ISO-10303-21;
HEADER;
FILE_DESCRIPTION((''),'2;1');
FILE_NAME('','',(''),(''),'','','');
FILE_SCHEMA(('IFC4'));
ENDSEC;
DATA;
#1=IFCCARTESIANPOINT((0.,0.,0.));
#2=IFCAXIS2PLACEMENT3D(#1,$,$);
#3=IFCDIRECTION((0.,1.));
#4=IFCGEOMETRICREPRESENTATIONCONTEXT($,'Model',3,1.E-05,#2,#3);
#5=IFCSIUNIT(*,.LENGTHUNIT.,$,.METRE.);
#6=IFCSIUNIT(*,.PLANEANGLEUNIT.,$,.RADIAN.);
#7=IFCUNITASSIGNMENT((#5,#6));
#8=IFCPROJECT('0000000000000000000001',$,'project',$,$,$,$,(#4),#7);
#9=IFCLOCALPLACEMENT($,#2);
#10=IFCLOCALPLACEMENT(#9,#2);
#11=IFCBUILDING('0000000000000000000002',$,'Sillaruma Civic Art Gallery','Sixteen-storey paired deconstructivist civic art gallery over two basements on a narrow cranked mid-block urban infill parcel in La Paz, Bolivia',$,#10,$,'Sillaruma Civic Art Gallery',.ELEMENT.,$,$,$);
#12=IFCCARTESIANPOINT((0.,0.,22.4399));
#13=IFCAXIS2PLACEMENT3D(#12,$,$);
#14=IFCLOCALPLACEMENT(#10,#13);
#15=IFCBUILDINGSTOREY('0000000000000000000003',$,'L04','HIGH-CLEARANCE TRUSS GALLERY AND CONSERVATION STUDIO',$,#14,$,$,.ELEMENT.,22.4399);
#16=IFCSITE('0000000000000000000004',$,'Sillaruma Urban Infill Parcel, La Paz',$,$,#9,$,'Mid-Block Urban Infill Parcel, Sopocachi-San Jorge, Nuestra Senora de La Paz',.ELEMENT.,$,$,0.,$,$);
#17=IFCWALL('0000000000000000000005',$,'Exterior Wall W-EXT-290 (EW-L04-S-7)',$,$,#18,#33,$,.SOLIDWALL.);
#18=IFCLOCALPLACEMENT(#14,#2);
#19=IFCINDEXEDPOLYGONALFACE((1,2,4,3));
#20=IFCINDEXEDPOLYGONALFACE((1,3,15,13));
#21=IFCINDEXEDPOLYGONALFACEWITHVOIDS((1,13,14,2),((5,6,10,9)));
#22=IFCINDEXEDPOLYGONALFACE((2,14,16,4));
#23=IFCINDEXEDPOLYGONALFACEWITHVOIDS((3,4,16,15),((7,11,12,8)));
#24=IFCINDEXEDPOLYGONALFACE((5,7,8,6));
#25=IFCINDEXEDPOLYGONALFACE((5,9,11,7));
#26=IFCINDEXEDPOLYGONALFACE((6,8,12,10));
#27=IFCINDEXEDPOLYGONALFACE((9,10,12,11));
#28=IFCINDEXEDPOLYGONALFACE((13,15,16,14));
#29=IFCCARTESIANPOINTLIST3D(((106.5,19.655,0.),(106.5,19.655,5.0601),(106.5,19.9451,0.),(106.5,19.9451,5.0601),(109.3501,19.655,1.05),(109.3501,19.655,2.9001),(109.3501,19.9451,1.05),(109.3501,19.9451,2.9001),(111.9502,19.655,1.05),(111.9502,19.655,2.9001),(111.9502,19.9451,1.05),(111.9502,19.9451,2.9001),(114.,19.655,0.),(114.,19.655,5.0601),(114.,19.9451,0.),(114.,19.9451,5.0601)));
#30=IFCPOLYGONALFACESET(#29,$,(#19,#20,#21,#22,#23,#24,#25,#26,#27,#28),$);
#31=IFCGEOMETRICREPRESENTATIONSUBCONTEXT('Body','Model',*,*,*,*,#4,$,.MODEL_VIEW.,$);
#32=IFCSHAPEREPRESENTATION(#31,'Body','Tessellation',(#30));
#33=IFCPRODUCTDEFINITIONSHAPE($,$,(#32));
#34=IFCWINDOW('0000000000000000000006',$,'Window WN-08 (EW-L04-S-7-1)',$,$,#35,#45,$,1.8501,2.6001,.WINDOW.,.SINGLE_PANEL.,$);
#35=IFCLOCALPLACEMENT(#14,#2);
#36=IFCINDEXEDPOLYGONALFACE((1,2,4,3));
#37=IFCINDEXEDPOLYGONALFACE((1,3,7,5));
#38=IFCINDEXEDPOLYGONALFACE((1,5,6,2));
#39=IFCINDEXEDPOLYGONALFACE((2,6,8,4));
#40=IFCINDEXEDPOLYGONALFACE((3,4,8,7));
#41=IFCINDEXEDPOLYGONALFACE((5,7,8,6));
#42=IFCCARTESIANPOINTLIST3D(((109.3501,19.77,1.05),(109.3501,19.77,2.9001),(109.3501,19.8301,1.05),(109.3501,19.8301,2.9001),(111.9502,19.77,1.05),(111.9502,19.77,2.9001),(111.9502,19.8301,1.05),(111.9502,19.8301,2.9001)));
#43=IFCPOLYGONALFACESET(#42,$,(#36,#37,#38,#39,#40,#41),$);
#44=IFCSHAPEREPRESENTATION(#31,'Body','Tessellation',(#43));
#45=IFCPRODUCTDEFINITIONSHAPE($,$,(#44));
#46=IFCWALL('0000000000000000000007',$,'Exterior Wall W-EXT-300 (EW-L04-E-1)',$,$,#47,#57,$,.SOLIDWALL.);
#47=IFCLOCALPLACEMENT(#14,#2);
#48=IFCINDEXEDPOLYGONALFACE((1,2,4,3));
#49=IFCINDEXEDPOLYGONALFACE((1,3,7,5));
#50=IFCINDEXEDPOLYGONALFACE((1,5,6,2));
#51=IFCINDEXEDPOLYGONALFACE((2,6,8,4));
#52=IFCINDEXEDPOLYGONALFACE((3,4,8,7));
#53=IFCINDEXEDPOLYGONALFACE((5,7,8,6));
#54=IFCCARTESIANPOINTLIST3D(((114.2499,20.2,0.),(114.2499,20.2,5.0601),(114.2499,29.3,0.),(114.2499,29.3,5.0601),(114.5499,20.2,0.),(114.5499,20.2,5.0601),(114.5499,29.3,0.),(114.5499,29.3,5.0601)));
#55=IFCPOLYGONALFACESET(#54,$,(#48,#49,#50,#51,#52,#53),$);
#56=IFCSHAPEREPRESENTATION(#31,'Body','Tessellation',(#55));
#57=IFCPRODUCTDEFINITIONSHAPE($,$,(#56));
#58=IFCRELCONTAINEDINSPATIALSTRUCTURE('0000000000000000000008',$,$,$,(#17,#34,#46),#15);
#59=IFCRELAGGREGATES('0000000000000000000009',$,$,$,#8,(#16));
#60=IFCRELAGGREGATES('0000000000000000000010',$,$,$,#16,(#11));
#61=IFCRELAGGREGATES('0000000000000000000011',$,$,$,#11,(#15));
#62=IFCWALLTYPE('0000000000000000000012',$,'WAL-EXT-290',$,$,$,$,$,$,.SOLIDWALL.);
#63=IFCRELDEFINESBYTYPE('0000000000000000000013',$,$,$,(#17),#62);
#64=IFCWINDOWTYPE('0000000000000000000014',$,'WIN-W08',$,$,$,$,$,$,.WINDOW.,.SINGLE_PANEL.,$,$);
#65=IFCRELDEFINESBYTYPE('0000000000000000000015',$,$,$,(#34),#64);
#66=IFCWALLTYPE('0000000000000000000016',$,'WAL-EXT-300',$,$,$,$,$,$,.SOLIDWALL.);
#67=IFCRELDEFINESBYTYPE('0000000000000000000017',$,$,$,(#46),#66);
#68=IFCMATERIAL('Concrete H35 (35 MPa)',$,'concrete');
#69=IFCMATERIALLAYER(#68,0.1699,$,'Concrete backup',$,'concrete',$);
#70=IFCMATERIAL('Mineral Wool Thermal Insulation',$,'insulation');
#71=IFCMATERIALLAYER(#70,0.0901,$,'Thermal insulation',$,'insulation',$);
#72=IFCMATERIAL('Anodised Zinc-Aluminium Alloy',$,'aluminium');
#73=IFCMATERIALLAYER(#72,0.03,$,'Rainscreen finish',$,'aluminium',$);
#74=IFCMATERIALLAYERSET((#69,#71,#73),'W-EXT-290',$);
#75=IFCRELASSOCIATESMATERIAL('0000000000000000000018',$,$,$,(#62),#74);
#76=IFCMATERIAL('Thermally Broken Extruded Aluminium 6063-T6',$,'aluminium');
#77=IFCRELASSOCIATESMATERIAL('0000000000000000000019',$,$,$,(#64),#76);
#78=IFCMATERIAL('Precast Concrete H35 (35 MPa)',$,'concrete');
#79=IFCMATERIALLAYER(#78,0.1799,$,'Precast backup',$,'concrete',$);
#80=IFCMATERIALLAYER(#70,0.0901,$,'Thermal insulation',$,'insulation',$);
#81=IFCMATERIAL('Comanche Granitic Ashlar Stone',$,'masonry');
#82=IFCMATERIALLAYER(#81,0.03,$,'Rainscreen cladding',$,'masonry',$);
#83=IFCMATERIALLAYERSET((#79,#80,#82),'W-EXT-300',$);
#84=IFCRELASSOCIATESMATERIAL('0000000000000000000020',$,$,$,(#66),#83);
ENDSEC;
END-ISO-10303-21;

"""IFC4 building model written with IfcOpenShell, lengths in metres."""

from ifc_helpers import new_model, si_unit, direction, frame, frame_2d, origin, place, context, subcontext, project, spatial, rectangle, extrude, material, layer, layer_set, type_object, element, fill, save


model = new_model("IFC4")

# Units and contexts
model_context = context("Model", 3, precision=1e-05, world=origin(), true_north=direction((0.0, 1.0)))
body_context = subcontext(model_context, "Body", "Model", "MODEL_VIEW")
ifc_project = project(units=[si_unit("LENGTHUNIT", "METRE"), si_unit("PLANEANGLEUNIT", "RADIAN")], contexts=[model_context])

# Site, building, storey
site_placement = place(None, origin())
site = spatial("IfcSite", under=ifc_project, at=site_placement, Name="Sillaruma Urban Infill Parcel, La Paz", LongName="Mid-Block Urban Infill Parcel, Sopocachi-San Jorge, Nuestra Senora de La Paz", CompositionType="ELEMENT", RefElevation=0.0)
building_placement = place(site_placement, origin())
building = spatial("IfcBuilding", under=site, at=building_placement, Name="Sillaruma Civic Art Gallery", Description="Sixteen-storey paired deconstructivist civic art gallery over two basements on a narrow cranked mid-block urban infill parcel in La Paz, Bolivia", LongName="Sillaruma Civic Art Gallery", CompositionType="ELEMENT")
storey_placement = place(building_placement, frame((0.0, 0.0, 22.4399)))
storey = spatial("IfcBuildingStorey", under=building, at=storey_placement, Name="L04", Description="HIGH-CLEARANCE TRUSS GALLERY AND CONSERVATION STUDIO", CompositionType="ELEMENT", Elevation=22.4399)

# Shared definitions
ifc_material_1 = material(Name="Concrete H35 (35 MPa)", Category="concrete")

# Wall, opening, window
ifc_layer_1 = layer(ifc_material_1, 0.1699, Name="Concrete backup", Category="concrete")
ifc_material_2 = material(Name="Mineral Wool Thermal Insulation", Category="insulation")
ifc_layer_2 = layer(ifc_material_2, 0.0901, Name="Thermal insulation", Category="insulation")
ifc_material_3 = material(Name="Anodised Zinc-Aluminium Alloy", Category="aluminium")
ifc_layer_3 = layer(ifc_material_3, 0.03, Name="Rainscreen finish", Category="aluminium")
ifc_layer_set_1 = layer_set([ifc_layer_1, ifc_layer_2, ifc_layer_3], Name="W-EXT-290")
wall_type_1 = type_object("IfcWallType", Name="WAL-EXT-290", PredefinedType="SOLIDWALL", material=ifc_layer_set_1)
wall_1_placement = place(storey_placement, frame((106.5, 19.8, 0.0), z_axis=(0.0, 0.0, 1.0), x_axis=(1.0, 0.0, 0.0)))
wall_1 = element("IfcWall", 1, at=wall_1_placement, inside=storey, type_object=wall_type_1, Name="Exterior Wall W-EXT-290 (EW-L04-S-7)", PredefinedType="SOLIDWALL", context=body_context, shape_type="SweptSolid", body=[
    extrude(rectangle(XDim=7.5, YDim=0.29, at=frame_2d((3.75, 0.0))), origin(), (0.0, 0.0, 1.0), 5.0601),
])
opening_placement = place(wall_1_placement, frame((2.8501, 0.0, 1.05)))
opening = element("IfcOpeningElement", 2, at=opening_placement, cuts=wall_1, PredefinedType="OPENING", context=body_context, shape_type="SweptSolid", body=[
    extrude(rectangle(XDim=2.6001, YDim=1.8501, at=frame_2d((1.3, 0.925))), frame((0.0, 0.155, 0.0), z_axis=(0.0, -1.0, 0.0), x_axis=(1.0, 0.0, 0.0)), (0.0, 0.0, 1.0), 0.3101),
])
ifc_material_4 = material(Name="Thermally Broken Extruded Aluminium 6063-T6", Category="aluminium")
window_type = type_object("IfcWindowType", Name="WIN-W08", PartitioningType="SINGLE_PANEL", PredefinedType="WINDOW", material=ifc_material_4)
window_placement = place(opening_placement, origin())
window = element("IfcWindow", 3, at=window_placement, inside=storey, type_object=window_type, Name="Window WN-08 (EW-L04-S-7-1)", OverallHeight=1.8501, OverallWidth=2.6001, PartitioningType="SINGLE_PANEL", PredefinedType="WINDOW", context=body_context, shape_type="SweptSolid", body=[
    extrude(rectangle(XDim=2.6001, YDim=1.8501, at=frame_2d((1.3, 0.925))), frame((0.0, 0.03, 0.0), z_axis=(0.0, -1.0, 0.0), x_axis=(1.0, 0.0, 0.0)), (0.0, 0.0, 1.0), 0.0601),
])
fill(opening, window)

# Wall
ifc_material_5 = material(Name="Precast Concrete H35 (35 MPa)", Category="concrete")
ifc_layer_4 = layer(ifc_material_5, 0.1799, Name="Precast backup", Category="concrete")
ifc_layer_5 = layer(ifc_material_2, 0.0901, Name="Thermal insulation", Category="insulation")
ifc_material_6 = material(Name="Comanche Granitic Ashlar Stone", Category="masonry")
ifc_layer_6 = layer(ifc_material_6, 0.03, Name="Rainscreen cladding", Category="masonry")
ifc_layer_set_2 = layer_set([ifc_layer_4, ifc_layer_5, ifc_layer_6], Name="W-EXT-300")
wall_type_2 = type_object("IfcWallType", Name="WAL-EXT-300", PredefinedType="SOLIDWALL", material=ifc_layer_set_2)
wall_2_placement = place(storey_placement, frame((114.3999, 20.2, 0.0), z_axis=(0.0, 0.0, 1.0), x_axis=(0.0, 1.0, 0.0)))
element("IfcWall", 4, at=wall_2_placement, inside=storey, type_object=wall_type_2, Name="Exterior Wall W-EXT-300 (EW-L04-E-1)", PredefinedType="SOLIDWALL", context=body_context, shape_type="SweptSolid", body=[
    extrude(rectangle(XDim=9.1001, YDim=0.3, at=frame_2d((4.55, 0.0))), origin(), (0.0, 0.0, 1.0), 5.0601),
])

save(model, "model.ifc")
